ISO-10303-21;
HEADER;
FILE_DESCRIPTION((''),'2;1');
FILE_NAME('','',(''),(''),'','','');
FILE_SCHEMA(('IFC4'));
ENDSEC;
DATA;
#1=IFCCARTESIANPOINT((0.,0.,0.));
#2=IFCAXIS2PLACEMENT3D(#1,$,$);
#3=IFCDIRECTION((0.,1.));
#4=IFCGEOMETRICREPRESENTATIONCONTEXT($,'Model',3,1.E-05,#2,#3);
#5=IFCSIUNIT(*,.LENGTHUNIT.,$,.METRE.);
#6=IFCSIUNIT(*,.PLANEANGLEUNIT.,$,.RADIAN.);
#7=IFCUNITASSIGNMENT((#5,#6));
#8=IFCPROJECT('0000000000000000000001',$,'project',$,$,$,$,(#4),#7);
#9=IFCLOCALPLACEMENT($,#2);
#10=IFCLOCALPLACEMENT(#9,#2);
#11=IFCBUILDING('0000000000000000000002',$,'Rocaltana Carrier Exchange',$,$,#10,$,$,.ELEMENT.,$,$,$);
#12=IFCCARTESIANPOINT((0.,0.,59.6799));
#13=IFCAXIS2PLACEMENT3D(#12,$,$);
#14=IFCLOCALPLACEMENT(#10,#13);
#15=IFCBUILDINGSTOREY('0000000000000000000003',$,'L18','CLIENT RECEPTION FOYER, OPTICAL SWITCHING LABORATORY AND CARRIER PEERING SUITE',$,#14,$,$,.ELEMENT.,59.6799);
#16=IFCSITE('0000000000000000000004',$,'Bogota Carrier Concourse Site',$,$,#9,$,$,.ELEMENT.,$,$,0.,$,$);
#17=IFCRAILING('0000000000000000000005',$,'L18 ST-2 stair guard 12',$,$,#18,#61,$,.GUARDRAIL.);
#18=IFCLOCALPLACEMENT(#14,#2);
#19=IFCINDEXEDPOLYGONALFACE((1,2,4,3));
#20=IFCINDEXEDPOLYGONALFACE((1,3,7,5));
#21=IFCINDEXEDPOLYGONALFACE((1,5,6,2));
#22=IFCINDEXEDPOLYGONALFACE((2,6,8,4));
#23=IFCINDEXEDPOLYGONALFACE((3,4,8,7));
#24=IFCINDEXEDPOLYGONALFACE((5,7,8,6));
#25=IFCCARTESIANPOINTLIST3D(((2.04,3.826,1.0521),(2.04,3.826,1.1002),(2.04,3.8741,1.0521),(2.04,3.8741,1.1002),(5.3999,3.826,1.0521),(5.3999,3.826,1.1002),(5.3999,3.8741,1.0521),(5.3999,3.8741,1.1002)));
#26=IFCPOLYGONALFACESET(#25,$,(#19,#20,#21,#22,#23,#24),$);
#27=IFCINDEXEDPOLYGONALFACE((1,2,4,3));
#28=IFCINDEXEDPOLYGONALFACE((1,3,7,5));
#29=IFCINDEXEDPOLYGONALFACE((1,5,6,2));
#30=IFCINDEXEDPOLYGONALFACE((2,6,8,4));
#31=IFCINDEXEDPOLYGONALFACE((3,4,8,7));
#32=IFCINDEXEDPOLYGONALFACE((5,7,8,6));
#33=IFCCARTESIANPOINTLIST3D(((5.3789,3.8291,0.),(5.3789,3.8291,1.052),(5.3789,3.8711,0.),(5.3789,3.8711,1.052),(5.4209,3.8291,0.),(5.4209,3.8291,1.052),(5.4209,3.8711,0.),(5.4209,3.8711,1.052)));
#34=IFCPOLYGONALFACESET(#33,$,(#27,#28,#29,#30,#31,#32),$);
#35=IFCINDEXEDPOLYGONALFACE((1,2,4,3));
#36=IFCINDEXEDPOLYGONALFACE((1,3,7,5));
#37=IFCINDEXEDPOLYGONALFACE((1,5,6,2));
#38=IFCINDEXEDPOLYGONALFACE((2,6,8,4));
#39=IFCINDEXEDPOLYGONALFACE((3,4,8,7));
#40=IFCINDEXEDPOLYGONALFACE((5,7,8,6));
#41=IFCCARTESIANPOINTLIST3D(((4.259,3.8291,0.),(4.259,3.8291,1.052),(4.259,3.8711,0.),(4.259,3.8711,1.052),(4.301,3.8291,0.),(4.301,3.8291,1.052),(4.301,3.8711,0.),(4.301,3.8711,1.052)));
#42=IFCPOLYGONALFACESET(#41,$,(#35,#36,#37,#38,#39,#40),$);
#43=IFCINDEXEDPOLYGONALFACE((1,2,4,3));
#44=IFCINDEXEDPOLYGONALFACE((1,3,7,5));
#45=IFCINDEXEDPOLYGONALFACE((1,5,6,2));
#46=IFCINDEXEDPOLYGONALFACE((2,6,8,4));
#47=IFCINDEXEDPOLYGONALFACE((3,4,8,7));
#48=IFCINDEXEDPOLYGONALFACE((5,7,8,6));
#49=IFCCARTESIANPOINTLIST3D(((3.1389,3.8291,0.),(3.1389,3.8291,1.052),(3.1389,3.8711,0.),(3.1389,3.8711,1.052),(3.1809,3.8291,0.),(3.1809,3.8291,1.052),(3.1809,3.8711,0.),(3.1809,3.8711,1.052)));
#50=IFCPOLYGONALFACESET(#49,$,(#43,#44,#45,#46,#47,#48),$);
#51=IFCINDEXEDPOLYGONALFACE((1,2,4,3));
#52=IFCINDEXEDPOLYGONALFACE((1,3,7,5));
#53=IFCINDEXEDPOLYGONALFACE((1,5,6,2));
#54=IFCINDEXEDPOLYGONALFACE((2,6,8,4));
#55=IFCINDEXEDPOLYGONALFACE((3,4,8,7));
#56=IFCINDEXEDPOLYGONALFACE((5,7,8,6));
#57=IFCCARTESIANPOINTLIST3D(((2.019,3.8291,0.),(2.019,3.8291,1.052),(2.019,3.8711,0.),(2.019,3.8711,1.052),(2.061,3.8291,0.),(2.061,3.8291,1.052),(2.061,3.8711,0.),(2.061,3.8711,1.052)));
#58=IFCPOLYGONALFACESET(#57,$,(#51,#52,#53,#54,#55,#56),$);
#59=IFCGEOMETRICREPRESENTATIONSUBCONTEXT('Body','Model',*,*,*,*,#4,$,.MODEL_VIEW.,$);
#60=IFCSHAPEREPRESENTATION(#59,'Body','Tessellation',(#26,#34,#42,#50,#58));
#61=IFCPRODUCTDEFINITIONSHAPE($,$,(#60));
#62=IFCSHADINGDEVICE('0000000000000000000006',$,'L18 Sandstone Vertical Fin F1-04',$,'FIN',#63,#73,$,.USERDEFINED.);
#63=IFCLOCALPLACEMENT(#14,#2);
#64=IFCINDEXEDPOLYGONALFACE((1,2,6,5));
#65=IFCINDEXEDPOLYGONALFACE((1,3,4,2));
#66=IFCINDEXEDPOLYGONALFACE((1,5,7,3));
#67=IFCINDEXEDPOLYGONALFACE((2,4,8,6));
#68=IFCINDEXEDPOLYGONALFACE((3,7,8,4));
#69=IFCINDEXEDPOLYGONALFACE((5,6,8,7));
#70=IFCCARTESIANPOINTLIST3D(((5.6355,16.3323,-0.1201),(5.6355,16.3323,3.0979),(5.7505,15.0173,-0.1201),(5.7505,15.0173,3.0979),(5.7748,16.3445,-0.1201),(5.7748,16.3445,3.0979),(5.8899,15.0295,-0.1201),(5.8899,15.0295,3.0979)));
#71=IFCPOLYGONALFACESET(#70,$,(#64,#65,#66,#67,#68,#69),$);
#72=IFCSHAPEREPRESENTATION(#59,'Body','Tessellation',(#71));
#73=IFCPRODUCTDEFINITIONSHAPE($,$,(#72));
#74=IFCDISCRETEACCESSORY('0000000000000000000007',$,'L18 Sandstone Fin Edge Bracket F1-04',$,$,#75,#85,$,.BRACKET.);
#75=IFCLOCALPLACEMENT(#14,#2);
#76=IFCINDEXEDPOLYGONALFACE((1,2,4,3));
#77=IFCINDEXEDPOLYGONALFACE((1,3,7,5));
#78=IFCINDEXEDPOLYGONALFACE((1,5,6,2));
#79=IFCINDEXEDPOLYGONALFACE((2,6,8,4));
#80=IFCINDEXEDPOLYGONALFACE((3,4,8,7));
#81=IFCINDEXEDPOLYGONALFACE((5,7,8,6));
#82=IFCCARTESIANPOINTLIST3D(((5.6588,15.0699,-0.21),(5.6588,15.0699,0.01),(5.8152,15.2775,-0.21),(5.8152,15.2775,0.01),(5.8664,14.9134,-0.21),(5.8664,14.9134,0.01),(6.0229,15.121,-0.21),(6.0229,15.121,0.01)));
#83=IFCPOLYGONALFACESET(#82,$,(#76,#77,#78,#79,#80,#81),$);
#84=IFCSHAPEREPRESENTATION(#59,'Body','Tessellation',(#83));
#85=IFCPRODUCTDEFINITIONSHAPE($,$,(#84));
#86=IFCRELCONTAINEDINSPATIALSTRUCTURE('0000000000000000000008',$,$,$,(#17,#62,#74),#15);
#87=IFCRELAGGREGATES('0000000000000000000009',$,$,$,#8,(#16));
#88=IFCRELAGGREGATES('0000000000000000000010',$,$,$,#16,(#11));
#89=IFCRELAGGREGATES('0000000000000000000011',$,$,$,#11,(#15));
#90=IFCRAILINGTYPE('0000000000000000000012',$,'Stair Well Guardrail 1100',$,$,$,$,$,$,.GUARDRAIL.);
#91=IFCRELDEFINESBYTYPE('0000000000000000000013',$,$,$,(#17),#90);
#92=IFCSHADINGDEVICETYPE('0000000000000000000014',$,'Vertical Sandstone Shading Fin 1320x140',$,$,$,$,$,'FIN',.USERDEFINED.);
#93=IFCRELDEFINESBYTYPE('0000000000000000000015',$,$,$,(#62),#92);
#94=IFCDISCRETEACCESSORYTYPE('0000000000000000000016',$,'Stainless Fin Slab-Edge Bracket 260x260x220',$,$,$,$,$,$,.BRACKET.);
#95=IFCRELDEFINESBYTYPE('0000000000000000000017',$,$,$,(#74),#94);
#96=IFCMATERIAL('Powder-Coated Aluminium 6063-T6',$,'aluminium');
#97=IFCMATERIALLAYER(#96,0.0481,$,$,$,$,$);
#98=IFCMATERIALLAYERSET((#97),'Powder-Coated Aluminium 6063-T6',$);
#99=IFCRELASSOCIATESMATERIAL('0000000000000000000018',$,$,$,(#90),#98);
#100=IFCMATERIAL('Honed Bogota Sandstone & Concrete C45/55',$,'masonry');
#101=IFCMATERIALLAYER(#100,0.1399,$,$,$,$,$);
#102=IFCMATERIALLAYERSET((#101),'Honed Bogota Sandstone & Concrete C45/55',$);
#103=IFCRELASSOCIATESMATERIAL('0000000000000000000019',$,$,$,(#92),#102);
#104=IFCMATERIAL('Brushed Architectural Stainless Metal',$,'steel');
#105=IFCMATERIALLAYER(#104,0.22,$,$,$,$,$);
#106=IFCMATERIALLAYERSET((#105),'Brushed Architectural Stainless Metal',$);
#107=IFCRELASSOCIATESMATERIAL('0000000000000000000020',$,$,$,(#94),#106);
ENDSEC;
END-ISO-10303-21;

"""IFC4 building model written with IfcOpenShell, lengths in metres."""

from ifc_helpers import new_model, si_unit, direction, frame, origin, origin_2d, place, context, subcontext, project, spatial, rectangle, extrude, material, layer, layer_set, type_object, element, save


model = new_model("IFC4")

# Units and contexts
model_context = context("Model", 3, precision=1e-05, world=origin(), true_north=direction((0.0, 1.0)))
body_context = subcontext(model_context, "Body", "Model", "MODEL_VIEW")
ifc_project = project(units=[si_unit("LENGTHUNIT", "METRE"), si_unit("PLANEANGLEUNIT", "RADIAN")], contexts=[model_context])

# Site, building, storey
site_placement = place(None, origin())
site = spatial("IfcSite", under=ifc_project, at=site_placement, Name="Bogota Carrier Concourse Site", CompositionType="ELEMENT", RefElevation=0.0)
building_placement = place(site_placement, origin())
building = spatial("IfcBuilding", under=site, at=building_placement, Name="Rocaltana Carrier Exchange", CompositionType="ELEMENT")
storey_placement = place(building_placement, frame((0.0, 0.0, 59.6799)))
storey = spatial("IfcBuildingStorey", under=building, at=storey_placement, Name="L18", Description="CLIENT RECEPTION FOYER, OPTICAL SWITCHING LABORATORY AND CARRIER PEERING SUITE", CompositionType="ELEMENT", Elevation=59.6799)

# Railing
ifc_material_1 = material(Name="Powder-Coated Aluminium 6063-T6", Category="aluminium")
ifc_layer_1 = layer(ifc_material_1, 0.0481)
ifc_layer_set_1 = layer_set([ifc_layer_1], Name="Powder-Coated Aluminium 6063-T6")
railing_type = type_object("IfcRailingType", Name="Stair Well Guardrail 1100", PredefinedType="GUARDRAIL", material=ifc_layer_set_1)
railing_1_placement = place(storey_placement, frame((5.3999, 3.8501, 0.0)))
element("IfcRailing", 1, at=railing_1_placement, inside=storey, type_object=railing_type, Name="L18 ST-2 stair guard 12", PredefinedType="GUARDRAIL", context=body_context, shape_type="SweptSolid", body=[
    extrude(rectangle(XDim=0.0481, YDim=0.0481, at=origin_2d()), frame((0.0, 0.0, 1.0762), z_axis=(-1.0, 0.0, 0.0), x_axis=(0.0, -1.0, 0.0)), (0.0, 0.0, 1.0), 3.3599),
    extrude(rectangle(XDim=0.042, YDim=0.042, at=origin_2d()), origin(), (0.0, 0.0, 1.0), 1.052),
    extrude(rectangle(XDim=0.042, YDim=0.042, at=origin_2d()), frame((-1.1199, 0.0, 0.0)), (0.0, 0.0, 1.0), 1.052),
    extrude(rectangle(XDim=0.042, YDim=0.042, at=origin_2d()), frame((-2.24, 0.0, 0.0)), (0.0, 0.0, 1.0), 1.052),
    extrude(rectangle(XDim=0.042, YDim=0.042, at=origin_2d()), frame((-3.3599, 0.0, 0.0)), (0.0, 0.0, 1.0), 1.052),
])

# Shading device
ifc_material_2 = material(Name="Honed Bogota Sandstone & Concrete C45/55", Category="masonry")
ifc_layer_2 = layer(ifc_material_2, 0.1399)
ifc_layer_set_2 = layer_set([ifc_layer_2], Name="Honed Bogota Sandstone & Concrete C45/55")
shading_device_type = type_object("IfcShadingDeviceType", Name="Vertical Sandstone Shading Fin 1320x140", ElementType="FIN", PredefinedType="USERDEFINED", material=ifc_layer_set_2)
shading_device_placement = place(storey_placement, frame((5.7627, 15.6809, -0.1201), z_axis=(0.0, 0.0, 1.0), x_axis=(-0.087156, 0.996195, 0.0)))
element("IfcShadingDevice", 2, at=shading_device_placement, inside=storey, type_object=shading_device_type, Name="L18 Sandstone Vertical Fin F1-04", ObjectType="FIN", PredefinedType="USERDEFINED", context=body_context, shape_type="SweptSolid", body=[
    extrude(rectangle(XDim=1.3201, YDim=0.1399, at=origin_2d()), origin(), (0.0, 0.0, 1.0), 3.218),
])

# Discrete accessory
ifc_material_3 = material(Name="Brushed Architectural Stainless Metal", Category="steel")
ifc_layer_3 = layer(ifc_material_3, 0.22)
ifc_layer_set_3 = layer_set([ifc_layer_3], Name="Brushed Architectural Stainless Metal")
discrete_accessory_type = type_object("IfcDiscreteAccessoryType", Name="Stainless Fin Slab-Edge Bracket 260x260x220", PredefinedType="BRACKET", material=ifc_layer_set_3)
discrete_accessory_placement = place(storey_placement, frame((5.8408, 15.0955, -0.21), z_axis=(0.0, 0.0, 1.0), x_axis=(-0.798636, 0.601815, 0.0)))
element("IfcDiscreteAccessory", 3, at=discrete_accessory_placement, inside=storey, type_object=discrete_accessory_type, Name="L18 Sandstone Fin Edge Bracket F1-04", PredefinedType="BRACKET", context=body_context, shape_type="SweptSolid", body=[
    extrude(rectangle(XDim=0.26, YDim=0.26, at=origin_2d()), origin(), (0.0, 0.0, 1.0), 0.22),
])

save(model, "model.ifc")
